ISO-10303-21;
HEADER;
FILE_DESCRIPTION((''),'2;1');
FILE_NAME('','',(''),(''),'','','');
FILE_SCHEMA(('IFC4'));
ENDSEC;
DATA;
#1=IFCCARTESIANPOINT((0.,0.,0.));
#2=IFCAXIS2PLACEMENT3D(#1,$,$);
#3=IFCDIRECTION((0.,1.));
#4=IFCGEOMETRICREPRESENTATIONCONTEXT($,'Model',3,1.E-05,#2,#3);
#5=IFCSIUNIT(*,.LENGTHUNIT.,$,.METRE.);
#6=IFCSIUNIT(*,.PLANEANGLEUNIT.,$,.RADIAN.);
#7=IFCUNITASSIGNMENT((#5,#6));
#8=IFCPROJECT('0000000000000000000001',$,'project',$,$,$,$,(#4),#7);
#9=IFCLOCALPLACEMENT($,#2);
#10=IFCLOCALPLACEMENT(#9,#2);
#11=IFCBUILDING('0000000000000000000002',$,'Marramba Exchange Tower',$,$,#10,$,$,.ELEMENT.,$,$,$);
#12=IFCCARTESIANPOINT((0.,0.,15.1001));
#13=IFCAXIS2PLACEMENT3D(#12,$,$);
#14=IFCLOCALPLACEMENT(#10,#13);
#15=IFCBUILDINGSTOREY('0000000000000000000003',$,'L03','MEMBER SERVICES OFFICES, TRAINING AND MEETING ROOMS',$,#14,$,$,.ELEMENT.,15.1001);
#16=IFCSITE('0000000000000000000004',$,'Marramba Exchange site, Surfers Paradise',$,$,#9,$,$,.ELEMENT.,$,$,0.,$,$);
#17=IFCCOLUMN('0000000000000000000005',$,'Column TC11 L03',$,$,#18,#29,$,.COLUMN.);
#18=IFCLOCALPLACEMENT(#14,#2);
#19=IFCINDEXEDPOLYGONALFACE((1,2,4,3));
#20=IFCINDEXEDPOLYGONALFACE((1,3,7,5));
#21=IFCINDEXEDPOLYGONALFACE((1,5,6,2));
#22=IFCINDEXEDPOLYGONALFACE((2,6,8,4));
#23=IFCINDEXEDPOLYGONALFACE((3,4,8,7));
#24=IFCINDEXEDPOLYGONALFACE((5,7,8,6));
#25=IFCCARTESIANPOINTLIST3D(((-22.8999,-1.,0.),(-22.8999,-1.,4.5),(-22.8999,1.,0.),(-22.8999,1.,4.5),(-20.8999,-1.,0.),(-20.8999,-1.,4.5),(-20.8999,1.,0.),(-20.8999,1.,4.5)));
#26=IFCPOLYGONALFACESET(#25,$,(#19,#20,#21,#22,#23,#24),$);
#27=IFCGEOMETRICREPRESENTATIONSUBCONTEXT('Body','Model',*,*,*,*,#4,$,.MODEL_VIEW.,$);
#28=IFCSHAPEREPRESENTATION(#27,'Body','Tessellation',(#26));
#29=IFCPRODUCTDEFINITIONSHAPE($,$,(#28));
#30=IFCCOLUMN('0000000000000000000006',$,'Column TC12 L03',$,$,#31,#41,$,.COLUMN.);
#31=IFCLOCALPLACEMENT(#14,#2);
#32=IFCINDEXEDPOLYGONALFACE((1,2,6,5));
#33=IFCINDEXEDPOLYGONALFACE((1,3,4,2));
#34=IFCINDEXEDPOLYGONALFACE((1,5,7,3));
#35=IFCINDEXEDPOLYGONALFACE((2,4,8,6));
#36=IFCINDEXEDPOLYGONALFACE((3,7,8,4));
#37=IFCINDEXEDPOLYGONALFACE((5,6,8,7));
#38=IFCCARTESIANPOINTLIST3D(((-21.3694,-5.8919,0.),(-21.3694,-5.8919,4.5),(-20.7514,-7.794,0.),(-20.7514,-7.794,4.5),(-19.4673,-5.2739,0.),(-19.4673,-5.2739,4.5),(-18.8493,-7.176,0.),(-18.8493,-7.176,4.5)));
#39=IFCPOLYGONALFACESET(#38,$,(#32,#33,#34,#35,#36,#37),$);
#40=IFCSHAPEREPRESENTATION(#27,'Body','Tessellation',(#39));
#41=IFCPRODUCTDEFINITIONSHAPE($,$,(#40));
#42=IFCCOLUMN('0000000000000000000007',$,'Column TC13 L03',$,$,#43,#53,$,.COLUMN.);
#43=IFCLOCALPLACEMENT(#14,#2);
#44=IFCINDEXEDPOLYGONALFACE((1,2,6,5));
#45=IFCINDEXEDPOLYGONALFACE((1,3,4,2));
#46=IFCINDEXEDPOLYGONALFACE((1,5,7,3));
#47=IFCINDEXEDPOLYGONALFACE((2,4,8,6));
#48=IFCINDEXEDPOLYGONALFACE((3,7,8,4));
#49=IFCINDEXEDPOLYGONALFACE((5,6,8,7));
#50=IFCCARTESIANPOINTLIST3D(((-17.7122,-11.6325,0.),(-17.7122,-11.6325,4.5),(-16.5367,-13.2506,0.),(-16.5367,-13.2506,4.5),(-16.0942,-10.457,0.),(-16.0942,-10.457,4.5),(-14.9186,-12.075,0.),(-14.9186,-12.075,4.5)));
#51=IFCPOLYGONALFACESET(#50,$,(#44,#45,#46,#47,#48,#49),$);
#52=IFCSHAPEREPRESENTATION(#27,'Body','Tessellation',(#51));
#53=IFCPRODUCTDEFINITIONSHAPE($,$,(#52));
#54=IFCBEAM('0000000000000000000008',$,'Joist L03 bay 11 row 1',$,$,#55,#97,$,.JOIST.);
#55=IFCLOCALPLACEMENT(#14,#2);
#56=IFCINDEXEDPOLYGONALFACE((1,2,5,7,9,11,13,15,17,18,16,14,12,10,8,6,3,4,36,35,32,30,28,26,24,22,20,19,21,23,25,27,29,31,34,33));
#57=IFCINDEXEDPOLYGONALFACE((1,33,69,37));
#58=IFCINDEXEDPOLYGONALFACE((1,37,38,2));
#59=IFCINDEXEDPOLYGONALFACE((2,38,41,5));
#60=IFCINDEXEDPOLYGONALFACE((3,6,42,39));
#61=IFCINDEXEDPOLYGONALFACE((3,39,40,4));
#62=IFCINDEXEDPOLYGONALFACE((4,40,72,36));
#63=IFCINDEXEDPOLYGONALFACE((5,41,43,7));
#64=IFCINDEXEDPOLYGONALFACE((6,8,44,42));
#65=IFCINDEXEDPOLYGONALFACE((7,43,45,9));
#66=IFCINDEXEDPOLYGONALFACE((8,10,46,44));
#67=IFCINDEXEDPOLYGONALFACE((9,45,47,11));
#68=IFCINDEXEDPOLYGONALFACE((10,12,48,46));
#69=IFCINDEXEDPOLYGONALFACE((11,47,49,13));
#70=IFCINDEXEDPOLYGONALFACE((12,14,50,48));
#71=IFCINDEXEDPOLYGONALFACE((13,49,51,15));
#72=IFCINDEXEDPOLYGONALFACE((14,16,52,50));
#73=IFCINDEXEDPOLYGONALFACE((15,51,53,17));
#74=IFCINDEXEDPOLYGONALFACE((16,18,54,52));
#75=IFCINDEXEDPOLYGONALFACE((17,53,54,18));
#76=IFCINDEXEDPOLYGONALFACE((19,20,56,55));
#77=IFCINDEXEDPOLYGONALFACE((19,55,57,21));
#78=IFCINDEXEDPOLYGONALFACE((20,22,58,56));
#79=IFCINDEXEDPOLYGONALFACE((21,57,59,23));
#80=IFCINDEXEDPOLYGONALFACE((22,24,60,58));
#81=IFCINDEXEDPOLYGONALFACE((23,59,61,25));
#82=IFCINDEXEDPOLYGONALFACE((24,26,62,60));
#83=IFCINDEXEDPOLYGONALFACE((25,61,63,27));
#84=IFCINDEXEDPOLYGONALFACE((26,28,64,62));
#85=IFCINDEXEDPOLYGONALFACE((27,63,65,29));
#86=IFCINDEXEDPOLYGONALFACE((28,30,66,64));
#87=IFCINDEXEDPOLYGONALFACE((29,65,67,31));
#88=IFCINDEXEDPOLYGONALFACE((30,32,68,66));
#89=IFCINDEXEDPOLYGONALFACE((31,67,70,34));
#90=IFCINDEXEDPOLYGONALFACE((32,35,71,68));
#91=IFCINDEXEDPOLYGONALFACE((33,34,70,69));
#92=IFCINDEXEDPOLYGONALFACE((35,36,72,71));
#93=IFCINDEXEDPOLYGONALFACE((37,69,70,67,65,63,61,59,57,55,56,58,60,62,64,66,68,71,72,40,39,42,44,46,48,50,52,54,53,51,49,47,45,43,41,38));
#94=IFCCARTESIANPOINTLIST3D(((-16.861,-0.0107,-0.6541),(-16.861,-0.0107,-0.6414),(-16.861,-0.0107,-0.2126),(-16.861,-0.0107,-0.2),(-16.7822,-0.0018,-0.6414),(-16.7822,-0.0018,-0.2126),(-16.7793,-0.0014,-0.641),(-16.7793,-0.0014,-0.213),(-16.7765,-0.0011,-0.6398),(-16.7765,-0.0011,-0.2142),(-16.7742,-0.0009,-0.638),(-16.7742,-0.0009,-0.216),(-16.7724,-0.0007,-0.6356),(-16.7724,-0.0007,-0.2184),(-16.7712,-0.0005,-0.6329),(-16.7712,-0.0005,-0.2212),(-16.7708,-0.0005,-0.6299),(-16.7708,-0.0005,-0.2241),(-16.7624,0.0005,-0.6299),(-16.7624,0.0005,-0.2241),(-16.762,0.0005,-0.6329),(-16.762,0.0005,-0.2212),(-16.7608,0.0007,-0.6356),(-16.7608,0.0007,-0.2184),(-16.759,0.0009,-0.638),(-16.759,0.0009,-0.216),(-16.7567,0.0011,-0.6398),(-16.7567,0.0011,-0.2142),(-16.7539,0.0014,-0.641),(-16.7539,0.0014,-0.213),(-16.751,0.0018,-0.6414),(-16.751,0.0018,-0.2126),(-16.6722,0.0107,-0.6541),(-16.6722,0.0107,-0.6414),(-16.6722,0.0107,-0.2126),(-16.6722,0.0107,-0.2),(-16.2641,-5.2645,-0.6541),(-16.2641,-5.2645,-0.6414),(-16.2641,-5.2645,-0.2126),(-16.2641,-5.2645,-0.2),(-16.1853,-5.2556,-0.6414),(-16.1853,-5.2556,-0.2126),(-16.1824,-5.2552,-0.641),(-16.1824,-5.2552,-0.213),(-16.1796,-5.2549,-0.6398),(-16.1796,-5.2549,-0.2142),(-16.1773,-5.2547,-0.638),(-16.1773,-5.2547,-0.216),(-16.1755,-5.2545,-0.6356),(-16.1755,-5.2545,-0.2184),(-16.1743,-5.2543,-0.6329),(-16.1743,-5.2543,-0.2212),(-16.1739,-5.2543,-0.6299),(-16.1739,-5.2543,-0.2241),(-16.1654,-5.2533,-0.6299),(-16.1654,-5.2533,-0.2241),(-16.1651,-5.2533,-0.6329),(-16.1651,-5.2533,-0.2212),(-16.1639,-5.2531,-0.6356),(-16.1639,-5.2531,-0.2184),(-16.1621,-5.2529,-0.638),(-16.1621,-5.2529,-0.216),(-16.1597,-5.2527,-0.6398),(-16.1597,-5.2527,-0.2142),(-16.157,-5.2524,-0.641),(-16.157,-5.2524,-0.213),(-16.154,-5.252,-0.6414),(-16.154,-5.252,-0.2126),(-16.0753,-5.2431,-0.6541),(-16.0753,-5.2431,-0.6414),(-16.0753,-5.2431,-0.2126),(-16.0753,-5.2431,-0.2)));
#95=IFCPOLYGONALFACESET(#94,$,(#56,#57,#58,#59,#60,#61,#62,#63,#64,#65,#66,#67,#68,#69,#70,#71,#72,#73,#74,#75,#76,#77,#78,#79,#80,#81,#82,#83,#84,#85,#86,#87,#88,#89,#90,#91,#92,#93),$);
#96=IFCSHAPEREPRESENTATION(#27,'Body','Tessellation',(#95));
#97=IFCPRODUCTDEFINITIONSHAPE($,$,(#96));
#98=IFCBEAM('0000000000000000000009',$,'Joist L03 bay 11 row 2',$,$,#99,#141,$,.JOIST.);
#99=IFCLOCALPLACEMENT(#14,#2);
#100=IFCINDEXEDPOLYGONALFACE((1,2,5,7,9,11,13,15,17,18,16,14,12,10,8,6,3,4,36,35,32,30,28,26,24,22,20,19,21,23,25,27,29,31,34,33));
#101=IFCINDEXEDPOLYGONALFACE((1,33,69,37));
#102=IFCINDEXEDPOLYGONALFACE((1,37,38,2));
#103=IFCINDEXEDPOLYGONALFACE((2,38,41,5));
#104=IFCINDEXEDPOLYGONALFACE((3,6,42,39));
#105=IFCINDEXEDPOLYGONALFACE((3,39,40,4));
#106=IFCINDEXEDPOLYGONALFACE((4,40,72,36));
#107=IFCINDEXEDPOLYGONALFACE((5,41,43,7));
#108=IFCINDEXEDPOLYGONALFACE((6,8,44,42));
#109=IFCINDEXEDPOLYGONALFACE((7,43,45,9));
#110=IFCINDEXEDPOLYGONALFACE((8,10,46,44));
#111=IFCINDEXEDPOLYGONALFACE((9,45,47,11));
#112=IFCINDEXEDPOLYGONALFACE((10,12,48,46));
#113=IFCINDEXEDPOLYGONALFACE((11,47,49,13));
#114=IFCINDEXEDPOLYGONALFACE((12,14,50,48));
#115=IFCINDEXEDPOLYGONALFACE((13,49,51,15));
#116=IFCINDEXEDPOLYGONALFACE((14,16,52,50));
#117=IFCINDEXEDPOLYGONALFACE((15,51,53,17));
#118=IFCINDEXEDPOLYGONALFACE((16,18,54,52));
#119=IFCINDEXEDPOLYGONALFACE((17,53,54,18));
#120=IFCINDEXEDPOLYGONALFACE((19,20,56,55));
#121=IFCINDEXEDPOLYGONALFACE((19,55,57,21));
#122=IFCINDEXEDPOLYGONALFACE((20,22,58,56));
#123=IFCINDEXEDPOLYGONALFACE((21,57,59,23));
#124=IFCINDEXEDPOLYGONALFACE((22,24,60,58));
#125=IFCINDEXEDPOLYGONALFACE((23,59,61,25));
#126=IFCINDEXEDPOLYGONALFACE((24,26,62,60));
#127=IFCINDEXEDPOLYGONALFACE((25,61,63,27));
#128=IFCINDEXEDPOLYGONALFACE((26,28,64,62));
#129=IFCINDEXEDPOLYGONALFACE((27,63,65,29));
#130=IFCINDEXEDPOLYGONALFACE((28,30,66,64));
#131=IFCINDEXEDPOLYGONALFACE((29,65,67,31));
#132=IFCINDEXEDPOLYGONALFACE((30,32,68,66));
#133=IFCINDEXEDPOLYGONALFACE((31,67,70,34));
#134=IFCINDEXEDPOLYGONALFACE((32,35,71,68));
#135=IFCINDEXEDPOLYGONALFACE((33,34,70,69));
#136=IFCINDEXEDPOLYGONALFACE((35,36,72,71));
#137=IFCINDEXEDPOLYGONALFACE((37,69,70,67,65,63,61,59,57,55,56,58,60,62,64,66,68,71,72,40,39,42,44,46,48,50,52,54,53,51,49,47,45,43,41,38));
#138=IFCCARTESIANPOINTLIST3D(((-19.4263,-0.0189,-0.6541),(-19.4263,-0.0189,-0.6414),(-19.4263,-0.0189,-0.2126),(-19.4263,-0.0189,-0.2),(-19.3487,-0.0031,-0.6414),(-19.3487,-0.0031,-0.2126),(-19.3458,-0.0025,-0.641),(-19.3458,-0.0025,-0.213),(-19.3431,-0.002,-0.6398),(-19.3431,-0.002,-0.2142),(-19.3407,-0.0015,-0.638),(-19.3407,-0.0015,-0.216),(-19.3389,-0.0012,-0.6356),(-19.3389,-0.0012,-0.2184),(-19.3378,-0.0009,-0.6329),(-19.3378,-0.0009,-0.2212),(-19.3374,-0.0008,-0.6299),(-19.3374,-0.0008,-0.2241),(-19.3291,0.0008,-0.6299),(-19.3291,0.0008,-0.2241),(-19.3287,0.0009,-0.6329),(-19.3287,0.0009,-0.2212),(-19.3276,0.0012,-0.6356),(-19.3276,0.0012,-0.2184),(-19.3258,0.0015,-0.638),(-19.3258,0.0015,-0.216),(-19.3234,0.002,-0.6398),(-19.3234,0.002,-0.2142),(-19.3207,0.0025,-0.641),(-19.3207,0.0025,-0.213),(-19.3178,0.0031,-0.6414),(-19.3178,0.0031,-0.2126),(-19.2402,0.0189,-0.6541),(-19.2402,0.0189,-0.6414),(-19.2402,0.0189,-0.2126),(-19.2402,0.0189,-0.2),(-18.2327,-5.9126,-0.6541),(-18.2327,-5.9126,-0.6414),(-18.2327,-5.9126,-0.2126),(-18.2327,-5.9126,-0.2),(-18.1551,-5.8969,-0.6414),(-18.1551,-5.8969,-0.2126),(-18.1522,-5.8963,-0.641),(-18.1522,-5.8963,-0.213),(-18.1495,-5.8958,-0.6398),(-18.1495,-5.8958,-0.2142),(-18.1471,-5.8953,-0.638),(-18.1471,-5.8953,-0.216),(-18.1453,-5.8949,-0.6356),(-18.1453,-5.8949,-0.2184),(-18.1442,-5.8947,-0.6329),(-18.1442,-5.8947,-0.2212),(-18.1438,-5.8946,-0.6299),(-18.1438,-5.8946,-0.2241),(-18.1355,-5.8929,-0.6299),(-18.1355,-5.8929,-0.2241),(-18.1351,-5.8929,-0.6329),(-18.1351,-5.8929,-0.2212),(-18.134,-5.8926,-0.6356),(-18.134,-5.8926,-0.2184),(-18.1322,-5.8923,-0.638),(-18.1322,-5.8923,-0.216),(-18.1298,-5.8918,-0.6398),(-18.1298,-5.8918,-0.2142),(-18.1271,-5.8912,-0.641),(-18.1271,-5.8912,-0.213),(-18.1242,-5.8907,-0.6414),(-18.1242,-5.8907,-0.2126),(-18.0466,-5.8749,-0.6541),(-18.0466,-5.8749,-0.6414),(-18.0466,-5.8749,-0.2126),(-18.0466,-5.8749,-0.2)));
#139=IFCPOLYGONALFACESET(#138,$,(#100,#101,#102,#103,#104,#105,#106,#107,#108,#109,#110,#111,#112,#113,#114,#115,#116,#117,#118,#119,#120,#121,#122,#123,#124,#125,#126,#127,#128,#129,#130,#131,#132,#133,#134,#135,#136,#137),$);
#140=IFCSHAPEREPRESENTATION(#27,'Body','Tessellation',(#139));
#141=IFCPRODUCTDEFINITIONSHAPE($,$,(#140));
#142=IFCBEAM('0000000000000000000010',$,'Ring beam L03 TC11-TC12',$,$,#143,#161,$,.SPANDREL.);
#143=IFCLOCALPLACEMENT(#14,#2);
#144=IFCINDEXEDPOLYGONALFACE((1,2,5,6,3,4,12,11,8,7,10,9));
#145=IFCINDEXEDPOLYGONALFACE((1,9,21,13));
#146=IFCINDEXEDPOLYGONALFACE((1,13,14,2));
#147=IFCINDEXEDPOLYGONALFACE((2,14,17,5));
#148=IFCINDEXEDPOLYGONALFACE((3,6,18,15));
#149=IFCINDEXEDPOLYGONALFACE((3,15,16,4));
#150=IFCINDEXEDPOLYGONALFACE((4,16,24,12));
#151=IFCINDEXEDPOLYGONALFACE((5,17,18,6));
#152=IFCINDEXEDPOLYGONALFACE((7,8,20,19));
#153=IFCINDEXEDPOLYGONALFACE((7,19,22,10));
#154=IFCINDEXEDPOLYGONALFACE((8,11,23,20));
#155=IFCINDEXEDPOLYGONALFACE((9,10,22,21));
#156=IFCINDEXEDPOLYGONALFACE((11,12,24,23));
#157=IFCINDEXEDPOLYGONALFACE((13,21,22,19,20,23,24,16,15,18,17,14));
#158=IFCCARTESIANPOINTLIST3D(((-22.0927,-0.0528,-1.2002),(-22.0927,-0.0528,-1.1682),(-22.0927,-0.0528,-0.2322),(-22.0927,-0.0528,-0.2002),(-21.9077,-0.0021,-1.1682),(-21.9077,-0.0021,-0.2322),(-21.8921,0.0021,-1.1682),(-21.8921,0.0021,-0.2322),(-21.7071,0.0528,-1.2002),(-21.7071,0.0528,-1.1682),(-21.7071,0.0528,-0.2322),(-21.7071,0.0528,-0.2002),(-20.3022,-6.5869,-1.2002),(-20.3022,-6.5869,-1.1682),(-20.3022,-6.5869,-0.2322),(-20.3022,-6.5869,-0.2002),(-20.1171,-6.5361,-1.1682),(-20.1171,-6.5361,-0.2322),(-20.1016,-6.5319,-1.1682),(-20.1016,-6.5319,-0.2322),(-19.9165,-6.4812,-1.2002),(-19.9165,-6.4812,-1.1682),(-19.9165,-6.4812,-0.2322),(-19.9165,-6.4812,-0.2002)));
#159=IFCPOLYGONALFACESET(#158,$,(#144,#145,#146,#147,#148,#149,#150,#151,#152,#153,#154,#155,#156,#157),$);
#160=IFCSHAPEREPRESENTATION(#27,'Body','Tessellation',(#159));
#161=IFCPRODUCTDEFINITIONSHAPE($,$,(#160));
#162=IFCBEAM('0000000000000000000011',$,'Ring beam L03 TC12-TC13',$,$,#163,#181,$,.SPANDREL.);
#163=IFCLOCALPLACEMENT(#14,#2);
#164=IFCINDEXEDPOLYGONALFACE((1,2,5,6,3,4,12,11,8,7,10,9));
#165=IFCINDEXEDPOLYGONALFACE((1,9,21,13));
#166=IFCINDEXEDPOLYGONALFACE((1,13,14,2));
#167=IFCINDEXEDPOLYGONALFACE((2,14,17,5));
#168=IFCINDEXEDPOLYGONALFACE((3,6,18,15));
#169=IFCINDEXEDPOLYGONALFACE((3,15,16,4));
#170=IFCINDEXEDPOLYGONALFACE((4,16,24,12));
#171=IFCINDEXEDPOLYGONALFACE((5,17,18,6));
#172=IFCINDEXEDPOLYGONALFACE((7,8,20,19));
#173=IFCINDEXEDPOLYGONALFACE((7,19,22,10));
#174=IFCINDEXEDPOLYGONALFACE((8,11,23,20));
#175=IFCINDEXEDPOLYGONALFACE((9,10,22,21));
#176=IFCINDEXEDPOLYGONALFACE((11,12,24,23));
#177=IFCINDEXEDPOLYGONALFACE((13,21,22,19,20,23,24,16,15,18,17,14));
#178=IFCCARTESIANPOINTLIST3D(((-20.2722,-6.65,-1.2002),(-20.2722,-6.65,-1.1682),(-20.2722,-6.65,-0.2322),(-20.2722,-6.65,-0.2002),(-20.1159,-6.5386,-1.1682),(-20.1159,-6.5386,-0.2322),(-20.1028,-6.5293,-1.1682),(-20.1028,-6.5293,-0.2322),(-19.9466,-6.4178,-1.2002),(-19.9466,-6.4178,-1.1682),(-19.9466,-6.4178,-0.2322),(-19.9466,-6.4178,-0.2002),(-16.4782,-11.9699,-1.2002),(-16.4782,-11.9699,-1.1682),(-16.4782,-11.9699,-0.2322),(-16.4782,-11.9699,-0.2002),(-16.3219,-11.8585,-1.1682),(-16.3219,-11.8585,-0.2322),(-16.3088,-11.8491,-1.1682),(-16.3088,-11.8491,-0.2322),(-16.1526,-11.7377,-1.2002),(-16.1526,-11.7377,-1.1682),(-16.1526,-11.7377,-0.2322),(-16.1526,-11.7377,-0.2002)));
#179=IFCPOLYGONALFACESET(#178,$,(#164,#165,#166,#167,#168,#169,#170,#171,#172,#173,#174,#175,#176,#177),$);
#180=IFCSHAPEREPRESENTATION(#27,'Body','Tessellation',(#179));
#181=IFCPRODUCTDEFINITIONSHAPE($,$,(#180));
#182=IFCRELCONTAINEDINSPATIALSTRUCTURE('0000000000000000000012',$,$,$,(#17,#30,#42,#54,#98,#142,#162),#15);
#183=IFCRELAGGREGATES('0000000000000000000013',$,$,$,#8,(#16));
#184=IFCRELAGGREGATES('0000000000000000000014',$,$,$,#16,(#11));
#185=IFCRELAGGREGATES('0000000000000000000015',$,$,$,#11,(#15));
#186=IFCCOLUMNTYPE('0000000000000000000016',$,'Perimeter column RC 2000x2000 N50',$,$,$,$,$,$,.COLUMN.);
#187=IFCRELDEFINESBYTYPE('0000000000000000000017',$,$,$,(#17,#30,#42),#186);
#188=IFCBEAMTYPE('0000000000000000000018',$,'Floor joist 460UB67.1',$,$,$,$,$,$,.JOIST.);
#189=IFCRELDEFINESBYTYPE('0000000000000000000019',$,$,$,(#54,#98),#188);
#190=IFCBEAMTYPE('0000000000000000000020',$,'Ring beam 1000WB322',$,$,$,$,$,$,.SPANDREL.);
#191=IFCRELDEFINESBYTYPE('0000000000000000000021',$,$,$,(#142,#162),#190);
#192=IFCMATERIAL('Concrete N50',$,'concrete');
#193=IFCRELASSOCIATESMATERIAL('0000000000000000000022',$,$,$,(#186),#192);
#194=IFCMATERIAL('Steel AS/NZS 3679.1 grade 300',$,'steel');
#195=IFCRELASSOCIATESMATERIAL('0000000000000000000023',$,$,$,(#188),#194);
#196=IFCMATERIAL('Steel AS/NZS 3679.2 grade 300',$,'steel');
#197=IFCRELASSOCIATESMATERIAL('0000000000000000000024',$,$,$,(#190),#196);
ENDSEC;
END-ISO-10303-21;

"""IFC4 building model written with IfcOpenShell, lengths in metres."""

from ifc_helpers import new_model, si_unit, direction, frame, origin, origin_2d, place, context, subcontext, project, spatial, rectangle, i_section, extrude, material, material_profile, profile_set, type_object, element, save


model = new_model("IFC4")

# Units and contexts
model_context = context("Model", 3, precision=1e-05, world=origin(), true_north=direction((0.0, 1.0)))
body_context = subcontext(model_context, "Body", "Model", "MODEL_VIEW")
ifc_project = project(units=[si_unit("LENGTHUNIT", "METRE"), si_unit("PLANEANGLEUNIT", "RADIAN")], contexts=[model_context])

# Site, building, storey
site_placement = place(None, origin())
site = spatial("IfcSite", under=ifc_project, at=site_placement, Name="Marramba Exchange site, Surfers Paradise", CompositionType="ELEMENT", RefElevation=0.0)
building_placement = place(site_placement, origin())
building = spatial("IfcBuilding", under=site, at=building_placement, Name="Marramba Exchange Tower", CompositionType="ELEMENT")
storey_placement = place(building_placement, frame((0.0, 0.0, 15.1001)))
storey = spatial("IfcBuildingStorey", under=building, at=storey_placement, Name="L03", Description="MEMBER SERVICES OFFICES, TRAINING AND MEETING ROOMS", CompositionType="ELEMENT", Elevation=15.1001)

# Columns
ifc_material_1 = material(Name="Concrete N50", Category="concrete")
ifc_material_profile_1 = material_profile(ifc_material_1, rectangle(XDim=2.0, YDim=2.0, at=origin_2d()), Name="RC 2000x2000")
ifc_profile_set_1 = profile_set([ifc_material_profile_1], Name="Concrete N50")
column_type = type_object("IfcColumnType", Name="Perimeter column RC 2000x2000 N50", PredefinedType="COLUMN", material=ifc_profile_set_1)
for number, where, z_axis, x_axis, name in (
    (1, (-21.8999, 0.0, 0.0), (0.0, 0.0, 1.0), (-1.0, 0.0, 0.0), "Column TC11 L03"),
    (2, (-20.1094, -6.5339, 0.0), (0.0, 0.0, 1.0), (-0.951057, -0.309017, 0.0), "Column TC12 L03"),
    (3, (-16.3154, -11.8538, 0.0), (0.0, 0.0, 1.0), (-0.809017, -0.587785, 0.0), "Column TC13 L03"),
):
    element("IfcColumn", number, at=place(storey_placement, frame(where, z_axis=z_axis, x_axis=x_axis)), inside=storey, type_object=column_type, Name=name, PredefinedType="COLUMN", context=body_context, shape_type="SweptSolid", body=[
        extrude(rectangle(XDim=2.0, YDim=2.0, at=origin_2d()), origin(), (0.0, 0.0, 1.0), 4.5),
    ])

# Beams
ifc_material_2 = material(Name="Steel AS/NZS 3679.1 grade 300", Category="steel")
ifc_material_profile_2 = material_profile(ifc_material_2, i_section(OverallWidth=0.1899, OverallDepth=0.4541, WebThickness=0.0085, FlangeThickness=0.0127, FilletRadius=0.0115, at=origin_2d()), Name="460UB67.1")
ifc_profile_set_2 = profile_set([ifc_material_profile_2], Name="Steel AS/NZS 3679.1 grade 300")
beam_type_1 = type_object("IfcBeamType", Name="Floor joist 460UB67.1", PredefinedType="JOIST", material=ifc_profile_set_2)
beam_1_placement = place(storey_placement, frame((-16.7666, 0.0, -0.427), z_axis=(0.112889, -0.993608, 0.0), x_axis=(0.993608, 0.112889, 0.0)))
element("IfcBeam", 4, at=beam_1_placement, inside=storey, type_object=beam_type_1, Name="Joist L03 bay 11 row 1", PredefinedType="JOIST", context=body_context, shape_type="SweptSolid", body=[
    extrude(i_section(OverallWidth=0.1899, OverallDepth=0.4541, WebThickness=0.0085, FlangeThickness=0.0127, FilletRadius=0.0115, at=origin_2d()), origin(), (0.0, 0.0, 1.0), 5.2876),
])
beam_2_placement = place(storey_placement, frame((-19.3333, 0.0, -0.427), z_axis=(0.198489, -0.980103, 0.0), x_axis=(0.980103, 0.198489, 0.0)))
element("IfcBeam", 5, at=beam_2_placement, inside=storey, type_object=beam_type_1, Name="Joist L03 bay 11 row 2", PredefinedType="JOIST", context=body_context, shape_type="SweptSolid", body=[
    extrude(i_section(OverallWidth=0.1899, OverallDepth=0.4541, WebThickness=0.0085, FlangeThickness=0.0127, FilletRadius=0.0115, at=origin_2d()), origin(), (0.0, 0.0, 1.0), 6.0134),
])
ifc_material_3 = material(Name="Steel AS/NZS 3679.2 grade 300", Category="steel")
ifc_material_profile_3 = material_profile(ifc_material_3, i_section(OverallWidth=0.3999, OverallDepth=1.0, WebThickness=0.0161, FlangeThickness=0.032, at=origin_2d()), Name="1000WB322")
ifc_profile_set_3 = profile_set([ifc_material_profile_3], Name="Steel AS/NZS 3679.2 grade 300")
beam_type_2 = type_object("IfcBeamType", Name="Ring beam 1000WB322", PredefinedType="SPANDREL", material=ifc_profile_set_3)
beam_3_placement = place(storey_placement, frame((-21.8999, 0.0, -0.7002), z_axis=(0.264291, -0.964443, 0.0), x_axis=(0.964443, 0.264291, 0.0)))
element("IfcBeam", 6, at=beam_3_placement, inside=storey, type_object=beam_type_2, Name="Ring beam L03 TC11-TC12", PredefinedType="SPANDREL", context=body_context, shape_type="SweptSolid", body=[
    extrude(i_section(OverallWidth=0.3999, OverallDepth=1.0, WebThickness=0.0161, FlangeThickness=0.032, at=origin_2d()), origin(), (0.0, 0.0, 1.0), 6.7749),
])
beam_4_placement = place(storey_placement, frame((-20.1094, -6.5339, -0.7002), z_axis=(0.580637, -0.814162, 0.0), x_axis=(0.814162, 0.580637, 0.0)))
element("IfcBeam", 7, at=beam_4_placement, inside=storey, type_object=beam_type_2, Name="Ring beam L03 TC12-TC13", PredefinedType="SPANDREL", context=body_context, shape_type="SweptSolid", body=[
    extrude(i_section(OverallWidth=0.3999, OverallDepth=1.0, WebThickness=0.0161, FlangeThickness=0.032, at=origin_2d()), origin(), (0.0, 0.0, 1.0), 6.5342),
])

save(model, "model.ifc")
